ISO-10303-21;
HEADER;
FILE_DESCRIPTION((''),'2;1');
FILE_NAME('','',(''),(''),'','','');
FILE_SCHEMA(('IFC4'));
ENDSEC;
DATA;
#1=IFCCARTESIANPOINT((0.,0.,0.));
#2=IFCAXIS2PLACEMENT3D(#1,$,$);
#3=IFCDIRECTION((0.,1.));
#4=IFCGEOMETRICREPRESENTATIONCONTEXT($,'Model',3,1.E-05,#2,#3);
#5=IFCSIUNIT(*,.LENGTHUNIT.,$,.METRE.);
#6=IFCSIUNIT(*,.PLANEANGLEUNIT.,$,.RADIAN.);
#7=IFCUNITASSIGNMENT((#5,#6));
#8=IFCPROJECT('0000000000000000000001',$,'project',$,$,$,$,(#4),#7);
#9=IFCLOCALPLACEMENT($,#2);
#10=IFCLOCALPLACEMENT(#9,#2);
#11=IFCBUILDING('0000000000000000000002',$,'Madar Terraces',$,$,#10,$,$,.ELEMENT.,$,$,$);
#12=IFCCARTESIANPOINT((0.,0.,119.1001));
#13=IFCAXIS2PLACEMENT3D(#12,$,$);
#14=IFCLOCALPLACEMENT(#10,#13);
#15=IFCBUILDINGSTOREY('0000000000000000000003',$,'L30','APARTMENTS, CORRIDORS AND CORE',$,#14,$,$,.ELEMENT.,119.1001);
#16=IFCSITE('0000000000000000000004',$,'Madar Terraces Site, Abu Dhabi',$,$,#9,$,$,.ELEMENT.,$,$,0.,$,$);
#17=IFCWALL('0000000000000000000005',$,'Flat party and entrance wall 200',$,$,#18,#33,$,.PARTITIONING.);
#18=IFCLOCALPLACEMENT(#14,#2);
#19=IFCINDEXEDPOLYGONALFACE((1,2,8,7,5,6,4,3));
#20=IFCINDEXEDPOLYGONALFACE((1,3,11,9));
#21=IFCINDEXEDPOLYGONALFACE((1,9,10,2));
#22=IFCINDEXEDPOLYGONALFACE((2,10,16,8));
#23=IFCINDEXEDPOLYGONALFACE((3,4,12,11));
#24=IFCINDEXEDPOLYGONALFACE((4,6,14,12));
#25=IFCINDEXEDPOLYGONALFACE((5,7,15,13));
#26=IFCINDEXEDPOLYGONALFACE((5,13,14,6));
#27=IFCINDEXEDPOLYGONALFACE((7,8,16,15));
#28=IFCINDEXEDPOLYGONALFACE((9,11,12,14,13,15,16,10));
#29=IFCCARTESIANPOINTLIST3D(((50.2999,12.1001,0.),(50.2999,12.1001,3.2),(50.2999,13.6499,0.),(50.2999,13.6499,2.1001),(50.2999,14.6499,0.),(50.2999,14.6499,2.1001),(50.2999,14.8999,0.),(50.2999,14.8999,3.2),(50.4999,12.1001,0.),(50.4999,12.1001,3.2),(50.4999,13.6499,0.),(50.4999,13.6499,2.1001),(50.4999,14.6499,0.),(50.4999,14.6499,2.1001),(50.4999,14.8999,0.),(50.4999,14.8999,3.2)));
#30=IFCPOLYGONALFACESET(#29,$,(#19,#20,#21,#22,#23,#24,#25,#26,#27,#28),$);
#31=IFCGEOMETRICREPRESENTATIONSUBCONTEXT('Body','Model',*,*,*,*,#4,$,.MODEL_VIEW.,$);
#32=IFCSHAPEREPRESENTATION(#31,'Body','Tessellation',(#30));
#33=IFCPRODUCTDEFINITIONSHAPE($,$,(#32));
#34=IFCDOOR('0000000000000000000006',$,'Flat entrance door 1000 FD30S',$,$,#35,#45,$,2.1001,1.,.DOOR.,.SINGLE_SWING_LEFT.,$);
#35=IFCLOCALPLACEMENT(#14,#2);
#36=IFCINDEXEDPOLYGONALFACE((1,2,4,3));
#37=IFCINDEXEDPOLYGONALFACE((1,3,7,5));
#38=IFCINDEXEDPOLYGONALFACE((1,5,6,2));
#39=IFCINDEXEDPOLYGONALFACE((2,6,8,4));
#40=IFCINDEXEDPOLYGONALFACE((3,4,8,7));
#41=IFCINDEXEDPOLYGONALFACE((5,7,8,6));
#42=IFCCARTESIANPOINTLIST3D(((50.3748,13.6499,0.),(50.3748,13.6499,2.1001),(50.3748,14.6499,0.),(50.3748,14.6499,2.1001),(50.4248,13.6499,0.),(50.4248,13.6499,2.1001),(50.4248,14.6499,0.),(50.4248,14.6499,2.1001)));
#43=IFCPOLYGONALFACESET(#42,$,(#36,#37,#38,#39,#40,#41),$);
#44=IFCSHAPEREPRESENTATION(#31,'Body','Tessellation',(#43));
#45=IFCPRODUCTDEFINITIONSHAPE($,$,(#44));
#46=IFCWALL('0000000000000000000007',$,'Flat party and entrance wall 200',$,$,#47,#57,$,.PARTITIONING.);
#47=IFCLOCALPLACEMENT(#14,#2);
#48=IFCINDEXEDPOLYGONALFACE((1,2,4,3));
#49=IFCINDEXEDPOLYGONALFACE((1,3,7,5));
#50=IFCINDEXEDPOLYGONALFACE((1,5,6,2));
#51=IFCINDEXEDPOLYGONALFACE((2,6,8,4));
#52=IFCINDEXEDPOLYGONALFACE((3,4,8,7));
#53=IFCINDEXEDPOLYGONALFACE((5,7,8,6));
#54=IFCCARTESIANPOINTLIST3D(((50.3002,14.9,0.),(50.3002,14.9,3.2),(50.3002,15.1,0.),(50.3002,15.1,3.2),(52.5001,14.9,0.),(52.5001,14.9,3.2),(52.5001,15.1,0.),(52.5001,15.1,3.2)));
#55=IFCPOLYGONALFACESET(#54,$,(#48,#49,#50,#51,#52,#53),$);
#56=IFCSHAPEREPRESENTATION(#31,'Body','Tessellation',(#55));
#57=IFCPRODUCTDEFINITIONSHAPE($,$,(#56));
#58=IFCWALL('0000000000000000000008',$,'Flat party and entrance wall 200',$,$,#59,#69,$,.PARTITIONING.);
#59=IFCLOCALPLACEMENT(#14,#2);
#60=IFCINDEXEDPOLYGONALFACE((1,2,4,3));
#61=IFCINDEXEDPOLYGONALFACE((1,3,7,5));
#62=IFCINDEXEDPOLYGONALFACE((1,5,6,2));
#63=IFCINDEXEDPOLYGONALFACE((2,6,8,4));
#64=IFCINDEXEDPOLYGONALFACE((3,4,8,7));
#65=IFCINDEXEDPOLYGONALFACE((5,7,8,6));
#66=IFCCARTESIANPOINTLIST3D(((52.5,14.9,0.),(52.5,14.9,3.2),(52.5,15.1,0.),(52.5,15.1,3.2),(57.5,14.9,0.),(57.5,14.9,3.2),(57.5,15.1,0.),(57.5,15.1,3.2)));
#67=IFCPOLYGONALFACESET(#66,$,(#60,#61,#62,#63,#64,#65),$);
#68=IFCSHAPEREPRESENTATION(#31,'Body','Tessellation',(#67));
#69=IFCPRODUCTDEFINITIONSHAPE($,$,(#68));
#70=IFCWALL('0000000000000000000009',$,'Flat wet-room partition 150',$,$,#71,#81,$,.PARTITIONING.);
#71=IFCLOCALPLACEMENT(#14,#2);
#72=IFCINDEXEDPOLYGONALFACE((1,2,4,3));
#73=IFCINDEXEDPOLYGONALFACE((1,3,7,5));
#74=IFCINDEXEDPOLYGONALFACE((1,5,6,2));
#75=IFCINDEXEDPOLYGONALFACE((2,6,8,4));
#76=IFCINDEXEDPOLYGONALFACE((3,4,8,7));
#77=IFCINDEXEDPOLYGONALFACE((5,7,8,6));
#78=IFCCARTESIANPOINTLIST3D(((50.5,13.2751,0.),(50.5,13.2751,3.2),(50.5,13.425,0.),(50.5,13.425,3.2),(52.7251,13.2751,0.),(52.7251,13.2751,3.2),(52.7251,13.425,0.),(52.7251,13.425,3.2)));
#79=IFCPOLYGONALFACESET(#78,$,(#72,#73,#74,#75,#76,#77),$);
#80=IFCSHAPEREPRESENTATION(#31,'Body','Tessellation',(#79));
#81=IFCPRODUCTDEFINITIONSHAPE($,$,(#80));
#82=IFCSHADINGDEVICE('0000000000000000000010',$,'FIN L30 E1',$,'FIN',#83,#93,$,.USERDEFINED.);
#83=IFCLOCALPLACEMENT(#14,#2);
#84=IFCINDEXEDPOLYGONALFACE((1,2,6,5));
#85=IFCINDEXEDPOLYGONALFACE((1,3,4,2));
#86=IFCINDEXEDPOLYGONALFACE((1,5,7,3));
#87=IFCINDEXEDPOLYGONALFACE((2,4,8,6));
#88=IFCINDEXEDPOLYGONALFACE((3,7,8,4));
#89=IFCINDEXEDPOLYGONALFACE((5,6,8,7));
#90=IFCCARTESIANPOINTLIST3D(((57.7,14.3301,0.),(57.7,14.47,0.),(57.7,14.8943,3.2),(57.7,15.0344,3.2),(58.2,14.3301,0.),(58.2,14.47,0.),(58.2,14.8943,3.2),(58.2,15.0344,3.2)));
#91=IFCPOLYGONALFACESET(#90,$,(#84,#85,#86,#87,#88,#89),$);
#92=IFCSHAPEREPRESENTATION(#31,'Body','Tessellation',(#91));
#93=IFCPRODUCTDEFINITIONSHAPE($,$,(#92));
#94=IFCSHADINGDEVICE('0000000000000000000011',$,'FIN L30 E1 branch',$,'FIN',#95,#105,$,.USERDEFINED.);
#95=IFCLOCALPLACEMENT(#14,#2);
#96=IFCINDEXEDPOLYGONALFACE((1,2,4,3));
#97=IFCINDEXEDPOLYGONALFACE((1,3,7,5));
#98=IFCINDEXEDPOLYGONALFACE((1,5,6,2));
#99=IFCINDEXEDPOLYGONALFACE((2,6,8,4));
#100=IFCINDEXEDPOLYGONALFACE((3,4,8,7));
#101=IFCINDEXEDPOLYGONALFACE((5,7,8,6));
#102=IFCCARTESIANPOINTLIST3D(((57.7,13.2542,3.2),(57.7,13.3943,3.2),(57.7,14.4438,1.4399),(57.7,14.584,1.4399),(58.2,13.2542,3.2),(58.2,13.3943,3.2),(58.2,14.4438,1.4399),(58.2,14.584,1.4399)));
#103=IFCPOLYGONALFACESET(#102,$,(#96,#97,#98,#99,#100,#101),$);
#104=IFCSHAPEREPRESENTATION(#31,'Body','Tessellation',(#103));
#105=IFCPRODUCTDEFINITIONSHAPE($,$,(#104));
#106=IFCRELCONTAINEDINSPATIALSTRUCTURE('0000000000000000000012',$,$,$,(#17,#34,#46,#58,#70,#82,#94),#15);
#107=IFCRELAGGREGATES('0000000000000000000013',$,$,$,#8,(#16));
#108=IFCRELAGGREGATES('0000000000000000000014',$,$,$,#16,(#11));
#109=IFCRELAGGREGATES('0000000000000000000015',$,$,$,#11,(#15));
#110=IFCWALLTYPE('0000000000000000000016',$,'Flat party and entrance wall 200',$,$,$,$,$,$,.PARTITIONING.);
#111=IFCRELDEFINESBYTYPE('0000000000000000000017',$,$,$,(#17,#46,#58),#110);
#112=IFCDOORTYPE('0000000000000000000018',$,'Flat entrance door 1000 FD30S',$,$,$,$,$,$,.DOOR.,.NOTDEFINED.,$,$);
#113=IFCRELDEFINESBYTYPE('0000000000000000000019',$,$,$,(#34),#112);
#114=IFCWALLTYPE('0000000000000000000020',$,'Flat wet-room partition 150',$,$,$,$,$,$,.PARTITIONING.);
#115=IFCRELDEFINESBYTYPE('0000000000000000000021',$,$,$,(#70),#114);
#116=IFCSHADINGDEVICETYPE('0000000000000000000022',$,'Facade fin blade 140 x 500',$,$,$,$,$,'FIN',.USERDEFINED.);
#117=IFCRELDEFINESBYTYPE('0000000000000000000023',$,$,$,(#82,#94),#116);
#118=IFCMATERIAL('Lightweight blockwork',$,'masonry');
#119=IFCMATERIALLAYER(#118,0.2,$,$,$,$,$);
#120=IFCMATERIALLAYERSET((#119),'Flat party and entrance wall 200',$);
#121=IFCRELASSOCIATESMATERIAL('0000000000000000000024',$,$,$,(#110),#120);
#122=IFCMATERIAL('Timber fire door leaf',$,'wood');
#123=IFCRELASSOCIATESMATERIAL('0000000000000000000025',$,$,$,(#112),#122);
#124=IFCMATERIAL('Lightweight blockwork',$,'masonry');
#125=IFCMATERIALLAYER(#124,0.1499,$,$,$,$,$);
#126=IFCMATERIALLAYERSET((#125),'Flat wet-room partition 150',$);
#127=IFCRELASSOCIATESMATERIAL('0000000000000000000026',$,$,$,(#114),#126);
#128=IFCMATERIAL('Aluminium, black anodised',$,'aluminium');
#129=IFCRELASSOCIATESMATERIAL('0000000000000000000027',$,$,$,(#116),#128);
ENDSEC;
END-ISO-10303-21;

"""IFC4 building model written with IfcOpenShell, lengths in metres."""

from ifc_helpers import new_model, si_unit, direction, frame, frame_2d, origin, place, context, subcontext, project, spatial, polyline, rectangle, outline, extrude, material, layer, layer_set, type_object, element, fill, save


model = new_model("IFC4")

# Units and contexts
model_context = context("Model", 3, precision=1e-05, world=origin(), true_north=direction((0.0, 1.0)))
body_context = subcontext(model_context, "Body", "Model", "MODEL_VIEW")
ifc_project = project(units=[si_unit("LENGTHUNIT", "METRE"), si_unit("PLANEANGLEUNIT", "RADIAN")], contexts=[model_context])

# Site, building, storey
site_placement = place(None, origin())
site = spatial("IfcSite", under=ifc_project, at=site_placement, Name="Madar Terraces Site, Abu Dhabi", CompositionType="ELEMENT", RefElevation=0.0)
building_placement = place(site_placement, origin())
building = spatial("IfcBuilding", under=site, at=building_placement, Name="Madar Terraces", CompositionType="ELEMENT")
storey_placement = place(building_placement, frame((0.0, 0.0, 119.1001)))
storey = spatial("IfcBuildingStorey", under=building, at=storey_placement, Name="L30", Description="APARTMENTS, CORRIDORS AND CORE", CompositionType="ELEMENT", Elevation=119.1001)

# Shared definitions
ifc_material_1 = material(Name="Lightweight blockwork", Category="masonry")
ifc_layer_1 = layer(ifc_material_1, 0.2)
ifc_layer_set_1 = layer_set([ifc_layer_1], Name="Flat party and entrance wall 200")
wall_type_1 = type_object("IfcWallType", Name="Flat party and entrance wall 200", PredefinedType="PARTITIONING", material=ifc_layer_set_1)
ifc_material_2 = material(Name="Timber fire door leaf", Category="wood")
door_type_1 = type_object("IfcDoorType", Name="Flat entrance door 1000 FD30S", OperationType="NOTDEFINED", PredefinedType="DOOR", material=ifc_material_2)

# Wall, opening, door
wall_1_placement = place(storey_placement, frame((50.3999, 14.8999, 0.0), z_axis=(0.0, 0.0, 1.0), x_axis=(0.0, -1.0, 0.0)))
wall_1 = element("IfcWall", 1, at=wall_1_placement, inside=storey, type_object=wall_type_1, Name="Flat party and entrance wall 200", PredefinedType="PARTITIONING", context=body_context, shape_type="SweptSolid", body=[
    extrude(rectangle(XDim=2.7998, YDim=0.2, at=frame_2d((1.3999, 0.0))), origin(), (0.0, 0.0, 1.0), 3.2),
])
opening_1_placement = place(wall_1_placement, frame((0.25, 0.0, 0.0)))
opening_1 = element("IfcOpeningElement", 2, at=opening_1_placement, cuts=wall_1, PredefinedType="OPENING", context=body_context, shape_type="SweptSolid", body=[
    extrude(rectangle(XDim=1.0, YDim=2.1001, at=frame_2d((0.5, 1.05))), frame((0.0, 0.1099, 0.0), z_axis=(0.0, -1.0, 0.0), x_axis=(1.0, 0.0, 0.0)), (0.0, 0.0, 1.0), 0.22),
])
door_1_placement = place(opening_1_placement, origin())
door_1 = element("IfcDoor", 3, at=door_1_placement, inside=storey, type_object=door_type_1, Name="Flat entrance door 1000 FD30S", OperationType="SINGLE_SWING_LEFT", OverallHeight=2.1001, OverallWidth=1.0, PredefinedType="DOOR", context=body_context, shape_type="SweptSolid", body=[
    extrude(rectangle(XDim=1.0, YDim=2.1001, at=frame_2d((0.5, 1.05))), frame((0.0, 0.0249, 0.0), z_axis=(0.0, -1.0, 0.0), x_axis=(1.0, 0.0, 0.0)), (0.0, 0.0, 1.0), 0.05),
])
fill(opening_1, door_1)

# Walls
wall_2_placement = place(storey_placement, frame((50.3, 15.0, 0.0), z_axis=(0.0, 0.0, 1.0), x_axis=(1.0, 0.0, 0.0)))
element("IfcWall", 4, at=wall_2_placement, inside=storey, type_object=wall_type_1, Name="Flat party and entrance wall 200", PredefinedType="PARTITIONING", context=body_context, shape_type="SweptSolid", body=[
    extrude(rectangle(XDim=2.2, YDim=0.2, at=frame_2d((1.1001, 0.0))), origin(), (0.0, 0.0, 1.0), 3.2),
])
wall_3_placement = place(storey_placement, frame((52.5, 15.0, 0.0), z_axis=(0.0, 0.0, 1.0), x_axis=(1.0, 0.0, 0.0)))
element("IfcWall", 5, at=wall_3_placement, inside=storey, type_object=wall_type_1, Name="Flat party and entrance wall 200", PredefinedType="PARTITIONING", context=body_context, shape_type="SweptSolid", body=[
    extrude(rectangle(XDim=5.0, YDim=0.2, at=frame_2d((2.5, 0.0))), origin(), (0.0, 0.0, 1.0), 3.2),
])
ifc_material_3 = material(Name="Lightweight blockwork", Category="masonry")
ifc_layer_2 = layer(ifc_material_3, 0.1499)
ifc_layer_set_2 = layer_set([ifc_layer_2], Name="Flat wet-room partition 150")
wall_type_2 = type_object("IfcWallType", Name="Flat wet-room partition 150", PredefinedType="PARTITIONING", material=ifc_layer_set_2)
wall_4_placement = place(storey_placement, frame((50.5, 13.3501, 0.0), z_axis=(0.0, 0.0, 1.0), x_axis=(1.0, 0.0, 0.0)))
element("IfcWall", 6, at=wall_4_placement, inside=storey, type_object=wall_type_2, Name="Flat wet-room partition 150", PredefinedType="PARTITIONING", context=body_context, shape_type="SweptSolid", body=[
    extrude(rectangle(XDim=2.2251, YDim=0.1499, at=frame_2d((1.1125, 0.0))), origin(), (0.0, 0.0, 1.0), 3.2),
])

# Shading devices
ifc_material_4 = material(Name="Aluminium, black anodised", Category="aluminium")
shading_device_type = type_object("IfcShadingDeviceType", Name="Facade fin blade 140 x 500", ElementType="FIN", PredefinedType="USERDEFINED", material=ifc_material_4)
shading_device_1_placement = place(storey_placement, frame((57.95, 14.3301, 0.0), z_axis=(0.0, 0.0, 1.0), x_axis=(0.0, 1.0, 0.0)))
element("IfcShadingDevice", 7, at=shading_device_1_placement, inside=storey, type_object=shading_device_type, Name="FIN L30 E1", ObjectType="FIN", PredefinedType="USERDEFINED", context=body_context, shape_type="SweptSolid", body=[
    extrude(outline(polyline([(0.0, 0.0), (0.1399, 0.0), (0.7043, 3.2), (0.5642, 3.2), (0.0, 0.0)])), frame((0.0, 0.25, 0.0), z_axis=(0.0, -1.0, 0.0), x_axis=(1.0, 0.0, 0.0)), (0.0, 0.0, 1.0), 0.5),
])
shading_device_2_placement = place(storey_placement, frame((57.95, 14.4438, 1.4399), z_axis=(0.0, 0.0, 1.0), x_axis=(0.0, 1.0, 0.0)))
element("IfcShadingDevice", 8, at=shading_device_2_placement, inside=storey, type_object=shading_device_type, Name="FIN L30 E1 branch", ObjectType="FIN", PredefinedType="USERDEFINED", context=body_context, shape_type="SweptSolid", body=[
    extrude(outline(polyline([(0.0, 0.0), (0.1401, 0.0), (-1.0496, 1.76), (-1.1897, 1.76), (0.0, 0.0)])), frame((0.0, 0.25, 0.0), z_axis=(0.0, -1.0, 0.0), x_axis=(1.0, 0.0, 0.0)), (0.0, 0.0, 1.0), 0.5),
])

save(model, "model.ifc")
